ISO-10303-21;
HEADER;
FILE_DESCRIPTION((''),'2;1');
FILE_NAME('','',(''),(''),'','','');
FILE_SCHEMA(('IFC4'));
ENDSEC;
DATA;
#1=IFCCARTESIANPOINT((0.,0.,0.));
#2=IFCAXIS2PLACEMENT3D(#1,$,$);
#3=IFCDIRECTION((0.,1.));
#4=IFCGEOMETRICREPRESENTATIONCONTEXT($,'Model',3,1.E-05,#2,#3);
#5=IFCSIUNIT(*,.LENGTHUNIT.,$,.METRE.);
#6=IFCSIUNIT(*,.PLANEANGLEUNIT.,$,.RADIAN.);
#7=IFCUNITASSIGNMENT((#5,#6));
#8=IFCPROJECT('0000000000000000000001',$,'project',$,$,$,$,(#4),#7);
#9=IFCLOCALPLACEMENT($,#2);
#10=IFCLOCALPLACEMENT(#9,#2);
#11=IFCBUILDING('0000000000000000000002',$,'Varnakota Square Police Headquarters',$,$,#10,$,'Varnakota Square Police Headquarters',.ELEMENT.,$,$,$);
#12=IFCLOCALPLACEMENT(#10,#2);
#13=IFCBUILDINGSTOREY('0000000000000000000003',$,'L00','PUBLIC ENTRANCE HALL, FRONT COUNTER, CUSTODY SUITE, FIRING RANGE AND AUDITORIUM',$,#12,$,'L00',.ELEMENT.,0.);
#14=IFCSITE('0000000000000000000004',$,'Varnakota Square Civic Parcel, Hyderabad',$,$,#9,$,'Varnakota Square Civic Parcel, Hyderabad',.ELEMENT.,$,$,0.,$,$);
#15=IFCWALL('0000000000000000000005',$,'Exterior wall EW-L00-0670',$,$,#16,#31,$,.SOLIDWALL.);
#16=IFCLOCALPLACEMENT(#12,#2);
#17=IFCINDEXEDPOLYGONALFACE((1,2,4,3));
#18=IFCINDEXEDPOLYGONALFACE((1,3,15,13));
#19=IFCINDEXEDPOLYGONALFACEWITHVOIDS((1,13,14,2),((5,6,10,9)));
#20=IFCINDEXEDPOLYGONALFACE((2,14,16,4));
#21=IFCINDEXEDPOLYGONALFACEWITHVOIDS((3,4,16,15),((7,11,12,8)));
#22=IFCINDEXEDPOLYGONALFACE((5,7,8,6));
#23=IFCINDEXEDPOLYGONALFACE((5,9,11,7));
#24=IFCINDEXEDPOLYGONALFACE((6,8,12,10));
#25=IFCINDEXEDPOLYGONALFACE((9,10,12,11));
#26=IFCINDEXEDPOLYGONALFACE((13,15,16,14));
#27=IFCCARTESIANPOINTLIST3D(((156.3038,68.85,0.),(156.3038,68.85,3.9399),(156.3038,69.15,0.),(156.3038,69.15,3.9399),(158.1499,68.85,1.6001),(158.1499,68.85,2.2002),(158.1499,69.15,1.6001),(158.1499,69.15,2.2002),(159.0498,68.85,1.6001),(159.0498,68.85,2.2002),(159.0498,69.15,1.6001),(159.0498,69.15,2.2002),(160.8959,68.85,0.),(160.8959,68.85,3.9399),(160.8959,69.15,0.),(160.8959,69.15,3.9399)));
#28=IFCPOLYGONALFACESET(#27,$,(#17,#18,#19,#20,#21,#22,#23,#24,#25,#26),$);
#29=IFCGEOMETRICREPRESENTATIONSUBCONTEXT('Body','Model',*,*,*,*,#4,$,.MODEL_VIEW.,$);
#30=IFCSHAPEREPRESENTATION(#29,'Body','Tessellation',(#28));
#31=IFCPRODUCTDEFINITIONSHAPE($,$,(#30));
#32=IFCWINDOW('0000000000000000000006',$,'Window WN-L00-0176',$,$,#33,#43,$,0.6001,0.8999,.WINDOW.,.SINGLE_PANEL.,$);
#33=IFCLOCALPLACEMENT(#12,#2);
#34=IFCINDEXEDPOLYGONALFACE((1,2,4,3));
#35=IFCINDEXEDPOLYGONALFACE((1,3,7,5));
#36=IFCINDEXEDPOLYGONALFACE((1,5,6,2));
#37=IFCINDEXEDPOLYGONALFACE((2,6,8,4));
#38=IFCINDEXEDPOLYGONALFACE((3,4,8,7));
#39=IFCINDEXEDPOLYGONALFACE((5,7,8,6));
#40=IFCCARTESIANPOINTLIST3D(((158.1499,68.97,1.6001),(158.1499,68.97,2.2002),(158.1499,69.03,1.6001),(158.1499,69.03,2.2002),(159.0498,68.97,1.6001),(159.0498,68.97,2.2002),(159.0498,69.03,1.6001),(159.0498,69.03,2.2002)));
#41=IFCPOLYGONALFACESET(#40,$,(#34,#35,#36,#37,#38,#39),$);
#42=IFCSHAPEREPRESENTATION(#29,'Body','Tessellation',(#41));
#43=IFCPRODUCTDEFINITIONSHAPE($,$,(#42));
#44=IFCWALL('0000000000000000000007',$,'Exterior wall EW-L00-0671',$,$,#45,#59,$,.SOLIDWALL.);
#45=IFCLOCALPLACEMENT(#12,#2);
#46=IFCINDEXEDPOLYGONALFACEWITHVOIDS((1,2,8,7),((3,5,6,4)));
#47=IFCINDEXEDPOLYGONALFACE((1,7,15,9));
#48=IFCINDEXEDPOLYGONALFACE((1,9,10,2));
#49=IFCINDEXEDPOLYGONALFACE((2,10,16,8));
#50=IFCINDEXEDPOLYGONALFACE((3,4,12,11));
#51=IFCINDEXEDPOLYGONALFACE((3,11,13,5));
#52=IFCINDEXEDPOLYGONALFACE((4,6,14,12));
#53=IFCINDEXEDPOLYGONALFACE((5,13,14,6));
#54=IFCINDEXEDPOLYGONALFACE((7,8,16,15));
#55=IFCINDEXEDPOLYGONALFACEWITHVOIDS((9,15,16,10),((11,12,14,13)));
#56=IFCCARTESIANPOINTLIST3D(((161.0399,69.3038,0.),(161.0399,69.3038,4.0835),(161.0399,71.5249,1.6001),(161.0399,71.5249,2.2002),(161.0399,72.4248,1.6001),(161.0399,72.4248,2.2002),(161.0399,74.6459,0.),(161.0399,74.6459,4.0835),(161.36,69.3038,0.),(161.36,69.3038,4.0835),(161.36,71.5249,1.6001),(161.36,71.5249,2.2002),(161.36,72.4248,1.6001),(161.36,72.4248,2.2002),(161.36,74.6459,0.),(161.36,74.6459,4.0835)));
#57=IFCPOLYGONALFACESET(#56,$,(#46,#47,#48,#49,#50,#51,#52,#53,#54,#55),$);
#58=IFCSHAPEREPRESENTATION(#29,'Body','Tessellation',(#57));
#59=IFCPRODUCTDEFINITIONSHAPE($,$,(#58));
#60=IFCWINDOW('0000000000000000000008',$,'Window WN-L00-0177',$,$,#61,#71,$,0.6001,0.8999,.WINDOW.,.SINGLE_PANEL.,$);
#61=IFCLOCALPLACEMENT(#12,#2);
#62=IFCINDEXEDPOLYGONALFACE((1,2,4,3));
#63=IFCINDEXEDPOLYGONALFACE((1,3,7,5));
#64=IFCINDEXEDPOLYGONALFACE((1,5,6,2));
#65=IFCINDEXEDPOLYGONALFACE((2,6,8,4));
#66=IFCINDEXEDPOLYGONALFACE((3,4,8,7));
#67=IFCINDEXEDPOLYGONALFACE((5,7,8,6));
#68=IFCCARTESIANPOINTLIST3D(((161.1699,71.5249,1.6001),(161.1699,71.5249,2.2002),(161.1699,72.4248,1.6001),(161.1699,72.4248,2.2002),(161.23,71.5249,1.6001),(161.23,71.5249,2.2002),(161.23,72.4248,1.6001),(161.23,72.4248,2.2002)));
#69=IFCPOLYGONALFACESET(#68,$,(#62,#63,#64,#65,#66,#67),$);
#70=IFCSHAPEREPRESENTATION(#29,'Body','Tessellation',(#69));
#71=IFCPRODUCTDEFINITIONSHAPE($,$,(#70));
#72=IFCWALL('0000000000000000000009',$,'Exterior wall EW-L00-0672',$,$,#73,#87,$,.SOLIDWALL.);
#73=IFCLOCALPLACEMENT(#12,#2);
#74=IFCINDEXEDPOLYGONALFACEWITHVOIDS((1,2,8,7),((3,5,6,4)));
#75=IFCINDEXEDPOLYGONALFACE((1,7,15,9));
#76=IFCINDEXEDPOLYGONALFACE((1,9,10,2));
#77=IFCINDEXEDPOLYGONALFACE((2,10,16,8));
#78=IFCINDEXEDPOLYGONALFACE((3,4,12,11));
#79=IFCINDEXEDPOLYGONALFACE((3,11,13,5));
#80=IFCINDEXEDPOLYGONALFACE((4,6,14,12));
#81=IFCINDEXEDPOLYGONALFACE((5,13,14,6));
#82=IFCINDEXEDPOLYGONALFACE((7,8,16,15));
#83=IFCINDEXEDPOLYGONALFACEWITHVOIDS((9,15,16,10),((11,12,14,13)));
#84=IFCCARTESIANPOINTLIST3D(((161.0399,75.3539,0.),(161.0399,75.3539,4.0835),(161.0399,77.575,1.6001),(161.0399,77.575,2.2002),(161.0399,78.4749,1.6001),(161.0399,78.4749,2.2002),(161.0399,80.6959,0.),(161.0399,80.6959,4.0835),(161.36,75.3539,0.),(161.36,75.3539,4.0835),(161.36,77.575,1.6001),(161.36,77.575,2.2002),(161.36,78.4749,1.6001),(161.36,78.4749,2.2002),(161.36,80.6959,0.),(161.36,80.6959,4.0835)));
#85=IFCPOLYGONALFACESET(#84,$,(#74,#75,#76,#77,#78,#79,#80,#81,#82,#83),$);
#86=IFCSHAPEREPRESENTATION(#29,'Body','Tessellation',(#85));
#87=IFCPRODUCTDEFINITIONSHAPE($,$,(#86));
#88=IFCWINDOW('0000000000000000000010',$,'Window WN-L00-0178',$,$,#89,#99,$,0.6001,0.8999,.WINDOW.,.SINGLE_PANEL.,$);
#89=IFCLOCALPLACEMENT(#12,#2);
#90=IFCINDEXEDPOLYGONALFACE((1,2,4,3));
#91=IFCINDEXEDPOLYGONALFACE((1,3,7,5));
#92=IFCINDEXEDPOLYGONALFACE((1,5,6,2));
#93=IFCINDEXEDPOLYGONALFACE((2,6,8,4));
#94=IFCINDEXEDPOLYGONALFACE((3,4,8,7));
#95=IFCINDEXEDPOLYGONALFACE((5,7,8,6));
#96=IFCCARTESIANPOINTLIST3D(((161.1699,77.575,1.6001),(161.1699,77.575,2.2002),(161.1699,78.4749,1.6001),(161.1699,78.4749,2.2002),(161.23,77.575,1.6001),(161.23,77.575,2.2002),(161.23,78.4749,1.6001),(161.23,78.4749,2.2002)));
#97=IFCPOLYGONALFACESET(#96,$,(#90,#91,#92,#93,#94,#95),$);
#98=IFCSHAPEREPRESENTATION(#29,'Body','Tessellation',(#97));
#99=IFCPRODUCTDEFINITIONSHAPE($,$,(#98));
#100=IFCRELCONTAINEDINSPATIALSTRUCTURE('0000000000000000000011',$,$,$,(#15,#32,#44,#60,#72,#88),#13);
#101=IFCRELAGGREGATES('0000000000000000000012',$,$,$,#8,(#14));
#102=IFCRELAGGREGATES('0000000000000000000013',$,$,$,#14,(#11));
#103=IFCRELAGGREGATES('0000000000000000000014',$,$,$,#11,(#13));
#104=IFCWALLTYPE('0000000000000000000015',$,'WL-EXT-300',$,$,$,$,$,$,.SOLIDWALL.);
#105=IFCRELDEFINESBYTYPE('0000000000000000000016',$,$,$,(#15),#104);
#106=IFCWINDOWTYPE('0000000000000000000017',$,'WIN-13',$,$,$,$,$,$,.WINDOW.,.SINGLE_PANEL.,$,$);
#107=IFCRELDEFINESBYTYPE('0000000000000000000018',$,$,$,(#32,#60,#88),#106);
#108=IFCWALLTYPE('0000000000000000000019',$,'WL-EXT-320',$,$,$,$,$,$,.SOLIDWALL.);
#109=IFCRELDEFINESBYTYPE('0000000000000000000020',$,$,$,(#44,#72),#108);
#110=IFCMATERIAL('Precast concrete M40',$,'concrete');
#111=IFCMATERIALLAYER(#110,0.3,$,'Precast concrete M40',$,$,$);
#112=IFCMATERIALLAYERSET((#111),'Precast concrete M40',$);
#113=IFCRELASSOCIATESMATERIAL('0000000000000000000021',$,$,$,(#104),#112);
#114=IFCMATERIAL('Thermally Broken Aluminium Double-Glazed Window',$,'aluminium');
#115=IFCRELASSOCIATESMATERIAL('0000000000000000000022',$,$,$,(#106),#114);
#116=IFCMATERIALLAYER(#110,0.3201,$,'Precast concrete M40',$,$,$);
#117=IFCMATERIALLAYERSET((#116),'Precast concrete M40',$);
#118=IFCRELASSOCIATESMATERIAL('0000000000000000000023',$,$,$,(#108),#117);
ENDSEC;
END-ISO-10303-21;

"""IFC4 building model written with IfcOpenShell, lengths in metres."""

from ifc_helpers import new_model, si_unit, direction, frame, frame_2d, origin, place, context, subcontext, project, spatial, rectangle, extrude, material, layer, layer_set, type_object, element, fill, save


model = new_model("IFC4")

# Units and contexts
model_context = context("Model", 3, precision=1e-05, world=origin(), true_north=direction((0.0, 1.0)))
body_context = subcontext(model_context, "Body", "Model", "MODEL_VIEW")
ifc_project = project(units=[si_unit("LENGTHUNIT", "METRE"), si_unit("PLANEANGLEUNIT", "RADIAN")], contexts=[model_context])

# Site, building, storey
site_placement = place(None, origin())
site = spatial("IfcSite", under=ifc_project, at=site_placement, Name="Varnakota Square Civic Parcel, Hyderabad", LongName="Varnakota Square Civic Parcel, Hyderabad", CompositionType="ELEMENT", RefElevation=0.0)
building_placement = place(site_placement, origin())
building = spatial("IfcBuilding", under=site, at=building_placement, Name="Varnakota Square Police Headquarters", LongName="Varnakota Square Police Headquarters", CompositionType="ELEMENT")
storey_placement = place(building_placement, origin())
storey = spatial("IfcBuildingStorey", under=building, at=storey_placement, Name="L00", Description="PUBLIC ENTRANCE HALL, FRONT COUNTER, CUSTODY SUITE, FIRING RANGE AND AUDITORIUM", LongName="L00", CompositionType="ELEMENT", Elevation=0.0)

# Walls, openings, windows
ifc_material_1 = material(Name="Precast concrete M40", Category="concrete")
ifc_layer_1 = layer(ifc_material_1, 0.3, Name="Precast concrete M40")
ifc_layer_set_1 = layer_set([ifc_layer_1], Name="Precast concrete M40")
wall_type_1 = type_object("IfcWallType", Name="WL-EXT-300", PredefinedType="SOLIDWALL", material=ifc_layer_set_1)
ifc_material_2 = material(Name="Thermally Broken Aluminium Double-Glazed Window", Category="aluminium")
window_type = type_object("IfcWindowType", Name="WIN-13", PartitioningType="SINGLE_PANEL", PredefinedType="WINDOW", material=ifc_material_2)
wall_1_placement = place(storey_placement, frame((156.304, 69.0, 0.0), z_axis=(0.0, 0.0, 1.0), x_axis=(1.0, 0.0, 0.0)))
wall_1 = element("IfcWall", 1, at=wall_1_placement, inside=storey, type_object=wall_type_1, Name="Exterior wall EW-L00-0670", PredefinedType="SOLIDWALL", context=body_context, shape_type="SweptSolid", body=[
    extrude(rectangle(XDim=4.592, YDim=0.3, at=frame_2d((2.2959, 0.0))), origin(), (0.0, 0.0, 1.0), 3.9399),
])
opening_1_placement = place(wall_1_placement, frame((1.8459, 0.0, 1.6001)))
opening_1 = element("IfcOpeningElement", 2, at=opening_1_placement, cuts=wall_1, PredefinedType="OPENING", context=body_context, shape_type="SweptSolid", body=[
    extrude(rectangle(XDim=0.8999, YDim=0.6001, at=frame_2d((0.45, 0.3))), frame((0.0, 0.1599, 0.0), z_axis=(0.0, -1.0, 0.0), x_axis=(1.0, 0.0, 0.0)), (0.0, 0.0, 1.0), 0.3201),
])
window_1_placement = place(opening_1_placement, origin())
window_1 = element("IfcWindow", 3, at=window_1_placement, inside=storey, type_object=window_type, Name="Window WN-L00-0176", OverallHeight=0.6001, OverallWidth=0.8999, PartitioningType="SINGLE_PANEL", PredefinedType="WINDOW", context=body_context, shape_type="SweptSolid", body=[
    extrude(rectangle(XDim=0.8999, YDim=0.6001, at=frame_2d((0.45, 0.3))), frame((0.0, 0.03, 0.0), z_axis=(0.0, -1.0, 0.0), x_axis=(1.0, 0.0, 0.0)), (0.0, 0.0, 1.0), 0.0601),
])
fill(opening_1, window_1)
ifc_layer_2 = layer(ifc_material_1, 0.3201, Name="Precast concrete M40")
ifc_layer_set_2 = layer_set([ifc_layer_2], Name="Precast concrete M40")
wall_type_2 = type_object("IfcWallType", Name="WL-EXT-320", PredefinedType="SOLIDWALL", material=ifc_layer_set_2)
wall_2_placement = place(storey_placement, frame((161.2, 69.304, 0.0), z_axis=(0.0, 0.0, 1.0), x_axis=(0.0, 1.0, 0.0)))
wall_2 = element("IfcWall", 4, at=wall_2_placement, inside=storey, type_object=wall_type_2, Name="Exterior wall EW-L00-0671", PredefinedType="SOLIDWALL", context=body_context, shape_type="SweptSolid", body=[
    extrude(rectangle(XDim=5.342, YDim=0.3201, at=frame_2d((2.6709, 0.0))), origin(), (0.0, 0.0, 1.0), 4.0835),
])
opening_2_placement = place(wall_2_placement, frame((2.2209, 0.0, 1.6001)))
opening_2 = element("IfcOpeningElement", 5, at=opening_2_placement, cuts=wall_2, PredefinedType="OPENING", context=body_context, shape_type="SweptSolid", body=[
    extrude(rectangle(XDim=0.8999, YDim=0.6001, at=frame_2d((0.45, 0.3))), frame((0.0, 0.1699, 0.0), z_axis=(0.0, -1.0, 0.0), x_axis=(1.0, 0.0, 0.0)), (0.0, 0.0, 1.0), 0.3401),
])
window_2_placement = place(opening_2_placement, origin())
window_2 = element("IfcWindow", 6, at=window_2_placement, inside=storey, type_object=window_type, Name="Window WN-L00-0177", OverallHeight=0.6001, OverallWidth=0.8999, PartitioningType="SINGLE_PANEL", PredefinedType="WINDOW", context=body_context, shape_type="SweptSolid", body=[
    extrude(rectangle(XDim=0.8999, YDim=0.6001, at=frame_2d((0.45, 0.3))), frame((0.0, 0.03, 0.0), z_axis=(0.0, -1.0, 0.0), x_axis=(1.0, 0.0, 0.0)), (0.0, 0.0, 1.0), 0.0601),
])
fill(opening_2, window_2)
wall_3_placement = place(storey_placement, frame((161.2, 75.354, 0.0), z_axis=(0.0, 0.0, 1.0), x_axis=(0.0, 1.0, 0.0)))
wall_3 = element("IfcWall", 7, at=wall_3_placement, inside=storey, type_object=wall_type_2, Name="Exterior wall EW-L00-0672", PredefinedType="SOLIDWALL", context=body_context, shape_type="SweptSolid", body=[
    extrude(rectangle(XDim=5.342, YDim=0.3201, at=frame_2d((2.6709, 0.0))), origin(), (0.0, 0.0, 1.0), 4.0835),
])
opening_3_placement = place(wall_3_placement, frame((2.2209, 0.0, 1.6001)))
opening_3 = element("IfcOpeningElement", 8, at=opening_3_placement, cuts=wall_3, PredefinedType="OPENING", context=body_context, shape_type="SweptSolid", body=[
    extrude(rectangle(XDim=0.8999, YDim=0.6001, at=frame_2d((0.45, 0.3))), frame((0.0, 0.1699, 0.0), z_axis=(0.0, -1.0, 0.0), x_axis=(1.0, 0.0, 0.0)), (0.0, 0.0, 1.0), 0.3401),
])
window_3_placement = place(opening_3_placement, origin())
window_3 = element("IfcWindow", 9, at=window_3_placement, inside=storey, type_object=window_type, Name="Window WN-L00-0178", OverallHeight=0.6001, OverallWidth=0.8999, PartitioningType="SINGLE_PANEL", PredefinedType="WINDOW", context=body_context, shape_type="SweptSolid", body=[
    extrude(rectangle(XDim=0.8999, YDim=0.6001, at=frame_2d((0.45, 0.3))), frame((0.0, 0.03, 0.0), z_axis=(0.0, -1.0, 0.0), x_axis=(1.0, 0.0, 0.0)), (0.0, 0.0, 1.0), 0.0601),
])
fill(opening_3, window_3)

save(model, "model.ifc")
